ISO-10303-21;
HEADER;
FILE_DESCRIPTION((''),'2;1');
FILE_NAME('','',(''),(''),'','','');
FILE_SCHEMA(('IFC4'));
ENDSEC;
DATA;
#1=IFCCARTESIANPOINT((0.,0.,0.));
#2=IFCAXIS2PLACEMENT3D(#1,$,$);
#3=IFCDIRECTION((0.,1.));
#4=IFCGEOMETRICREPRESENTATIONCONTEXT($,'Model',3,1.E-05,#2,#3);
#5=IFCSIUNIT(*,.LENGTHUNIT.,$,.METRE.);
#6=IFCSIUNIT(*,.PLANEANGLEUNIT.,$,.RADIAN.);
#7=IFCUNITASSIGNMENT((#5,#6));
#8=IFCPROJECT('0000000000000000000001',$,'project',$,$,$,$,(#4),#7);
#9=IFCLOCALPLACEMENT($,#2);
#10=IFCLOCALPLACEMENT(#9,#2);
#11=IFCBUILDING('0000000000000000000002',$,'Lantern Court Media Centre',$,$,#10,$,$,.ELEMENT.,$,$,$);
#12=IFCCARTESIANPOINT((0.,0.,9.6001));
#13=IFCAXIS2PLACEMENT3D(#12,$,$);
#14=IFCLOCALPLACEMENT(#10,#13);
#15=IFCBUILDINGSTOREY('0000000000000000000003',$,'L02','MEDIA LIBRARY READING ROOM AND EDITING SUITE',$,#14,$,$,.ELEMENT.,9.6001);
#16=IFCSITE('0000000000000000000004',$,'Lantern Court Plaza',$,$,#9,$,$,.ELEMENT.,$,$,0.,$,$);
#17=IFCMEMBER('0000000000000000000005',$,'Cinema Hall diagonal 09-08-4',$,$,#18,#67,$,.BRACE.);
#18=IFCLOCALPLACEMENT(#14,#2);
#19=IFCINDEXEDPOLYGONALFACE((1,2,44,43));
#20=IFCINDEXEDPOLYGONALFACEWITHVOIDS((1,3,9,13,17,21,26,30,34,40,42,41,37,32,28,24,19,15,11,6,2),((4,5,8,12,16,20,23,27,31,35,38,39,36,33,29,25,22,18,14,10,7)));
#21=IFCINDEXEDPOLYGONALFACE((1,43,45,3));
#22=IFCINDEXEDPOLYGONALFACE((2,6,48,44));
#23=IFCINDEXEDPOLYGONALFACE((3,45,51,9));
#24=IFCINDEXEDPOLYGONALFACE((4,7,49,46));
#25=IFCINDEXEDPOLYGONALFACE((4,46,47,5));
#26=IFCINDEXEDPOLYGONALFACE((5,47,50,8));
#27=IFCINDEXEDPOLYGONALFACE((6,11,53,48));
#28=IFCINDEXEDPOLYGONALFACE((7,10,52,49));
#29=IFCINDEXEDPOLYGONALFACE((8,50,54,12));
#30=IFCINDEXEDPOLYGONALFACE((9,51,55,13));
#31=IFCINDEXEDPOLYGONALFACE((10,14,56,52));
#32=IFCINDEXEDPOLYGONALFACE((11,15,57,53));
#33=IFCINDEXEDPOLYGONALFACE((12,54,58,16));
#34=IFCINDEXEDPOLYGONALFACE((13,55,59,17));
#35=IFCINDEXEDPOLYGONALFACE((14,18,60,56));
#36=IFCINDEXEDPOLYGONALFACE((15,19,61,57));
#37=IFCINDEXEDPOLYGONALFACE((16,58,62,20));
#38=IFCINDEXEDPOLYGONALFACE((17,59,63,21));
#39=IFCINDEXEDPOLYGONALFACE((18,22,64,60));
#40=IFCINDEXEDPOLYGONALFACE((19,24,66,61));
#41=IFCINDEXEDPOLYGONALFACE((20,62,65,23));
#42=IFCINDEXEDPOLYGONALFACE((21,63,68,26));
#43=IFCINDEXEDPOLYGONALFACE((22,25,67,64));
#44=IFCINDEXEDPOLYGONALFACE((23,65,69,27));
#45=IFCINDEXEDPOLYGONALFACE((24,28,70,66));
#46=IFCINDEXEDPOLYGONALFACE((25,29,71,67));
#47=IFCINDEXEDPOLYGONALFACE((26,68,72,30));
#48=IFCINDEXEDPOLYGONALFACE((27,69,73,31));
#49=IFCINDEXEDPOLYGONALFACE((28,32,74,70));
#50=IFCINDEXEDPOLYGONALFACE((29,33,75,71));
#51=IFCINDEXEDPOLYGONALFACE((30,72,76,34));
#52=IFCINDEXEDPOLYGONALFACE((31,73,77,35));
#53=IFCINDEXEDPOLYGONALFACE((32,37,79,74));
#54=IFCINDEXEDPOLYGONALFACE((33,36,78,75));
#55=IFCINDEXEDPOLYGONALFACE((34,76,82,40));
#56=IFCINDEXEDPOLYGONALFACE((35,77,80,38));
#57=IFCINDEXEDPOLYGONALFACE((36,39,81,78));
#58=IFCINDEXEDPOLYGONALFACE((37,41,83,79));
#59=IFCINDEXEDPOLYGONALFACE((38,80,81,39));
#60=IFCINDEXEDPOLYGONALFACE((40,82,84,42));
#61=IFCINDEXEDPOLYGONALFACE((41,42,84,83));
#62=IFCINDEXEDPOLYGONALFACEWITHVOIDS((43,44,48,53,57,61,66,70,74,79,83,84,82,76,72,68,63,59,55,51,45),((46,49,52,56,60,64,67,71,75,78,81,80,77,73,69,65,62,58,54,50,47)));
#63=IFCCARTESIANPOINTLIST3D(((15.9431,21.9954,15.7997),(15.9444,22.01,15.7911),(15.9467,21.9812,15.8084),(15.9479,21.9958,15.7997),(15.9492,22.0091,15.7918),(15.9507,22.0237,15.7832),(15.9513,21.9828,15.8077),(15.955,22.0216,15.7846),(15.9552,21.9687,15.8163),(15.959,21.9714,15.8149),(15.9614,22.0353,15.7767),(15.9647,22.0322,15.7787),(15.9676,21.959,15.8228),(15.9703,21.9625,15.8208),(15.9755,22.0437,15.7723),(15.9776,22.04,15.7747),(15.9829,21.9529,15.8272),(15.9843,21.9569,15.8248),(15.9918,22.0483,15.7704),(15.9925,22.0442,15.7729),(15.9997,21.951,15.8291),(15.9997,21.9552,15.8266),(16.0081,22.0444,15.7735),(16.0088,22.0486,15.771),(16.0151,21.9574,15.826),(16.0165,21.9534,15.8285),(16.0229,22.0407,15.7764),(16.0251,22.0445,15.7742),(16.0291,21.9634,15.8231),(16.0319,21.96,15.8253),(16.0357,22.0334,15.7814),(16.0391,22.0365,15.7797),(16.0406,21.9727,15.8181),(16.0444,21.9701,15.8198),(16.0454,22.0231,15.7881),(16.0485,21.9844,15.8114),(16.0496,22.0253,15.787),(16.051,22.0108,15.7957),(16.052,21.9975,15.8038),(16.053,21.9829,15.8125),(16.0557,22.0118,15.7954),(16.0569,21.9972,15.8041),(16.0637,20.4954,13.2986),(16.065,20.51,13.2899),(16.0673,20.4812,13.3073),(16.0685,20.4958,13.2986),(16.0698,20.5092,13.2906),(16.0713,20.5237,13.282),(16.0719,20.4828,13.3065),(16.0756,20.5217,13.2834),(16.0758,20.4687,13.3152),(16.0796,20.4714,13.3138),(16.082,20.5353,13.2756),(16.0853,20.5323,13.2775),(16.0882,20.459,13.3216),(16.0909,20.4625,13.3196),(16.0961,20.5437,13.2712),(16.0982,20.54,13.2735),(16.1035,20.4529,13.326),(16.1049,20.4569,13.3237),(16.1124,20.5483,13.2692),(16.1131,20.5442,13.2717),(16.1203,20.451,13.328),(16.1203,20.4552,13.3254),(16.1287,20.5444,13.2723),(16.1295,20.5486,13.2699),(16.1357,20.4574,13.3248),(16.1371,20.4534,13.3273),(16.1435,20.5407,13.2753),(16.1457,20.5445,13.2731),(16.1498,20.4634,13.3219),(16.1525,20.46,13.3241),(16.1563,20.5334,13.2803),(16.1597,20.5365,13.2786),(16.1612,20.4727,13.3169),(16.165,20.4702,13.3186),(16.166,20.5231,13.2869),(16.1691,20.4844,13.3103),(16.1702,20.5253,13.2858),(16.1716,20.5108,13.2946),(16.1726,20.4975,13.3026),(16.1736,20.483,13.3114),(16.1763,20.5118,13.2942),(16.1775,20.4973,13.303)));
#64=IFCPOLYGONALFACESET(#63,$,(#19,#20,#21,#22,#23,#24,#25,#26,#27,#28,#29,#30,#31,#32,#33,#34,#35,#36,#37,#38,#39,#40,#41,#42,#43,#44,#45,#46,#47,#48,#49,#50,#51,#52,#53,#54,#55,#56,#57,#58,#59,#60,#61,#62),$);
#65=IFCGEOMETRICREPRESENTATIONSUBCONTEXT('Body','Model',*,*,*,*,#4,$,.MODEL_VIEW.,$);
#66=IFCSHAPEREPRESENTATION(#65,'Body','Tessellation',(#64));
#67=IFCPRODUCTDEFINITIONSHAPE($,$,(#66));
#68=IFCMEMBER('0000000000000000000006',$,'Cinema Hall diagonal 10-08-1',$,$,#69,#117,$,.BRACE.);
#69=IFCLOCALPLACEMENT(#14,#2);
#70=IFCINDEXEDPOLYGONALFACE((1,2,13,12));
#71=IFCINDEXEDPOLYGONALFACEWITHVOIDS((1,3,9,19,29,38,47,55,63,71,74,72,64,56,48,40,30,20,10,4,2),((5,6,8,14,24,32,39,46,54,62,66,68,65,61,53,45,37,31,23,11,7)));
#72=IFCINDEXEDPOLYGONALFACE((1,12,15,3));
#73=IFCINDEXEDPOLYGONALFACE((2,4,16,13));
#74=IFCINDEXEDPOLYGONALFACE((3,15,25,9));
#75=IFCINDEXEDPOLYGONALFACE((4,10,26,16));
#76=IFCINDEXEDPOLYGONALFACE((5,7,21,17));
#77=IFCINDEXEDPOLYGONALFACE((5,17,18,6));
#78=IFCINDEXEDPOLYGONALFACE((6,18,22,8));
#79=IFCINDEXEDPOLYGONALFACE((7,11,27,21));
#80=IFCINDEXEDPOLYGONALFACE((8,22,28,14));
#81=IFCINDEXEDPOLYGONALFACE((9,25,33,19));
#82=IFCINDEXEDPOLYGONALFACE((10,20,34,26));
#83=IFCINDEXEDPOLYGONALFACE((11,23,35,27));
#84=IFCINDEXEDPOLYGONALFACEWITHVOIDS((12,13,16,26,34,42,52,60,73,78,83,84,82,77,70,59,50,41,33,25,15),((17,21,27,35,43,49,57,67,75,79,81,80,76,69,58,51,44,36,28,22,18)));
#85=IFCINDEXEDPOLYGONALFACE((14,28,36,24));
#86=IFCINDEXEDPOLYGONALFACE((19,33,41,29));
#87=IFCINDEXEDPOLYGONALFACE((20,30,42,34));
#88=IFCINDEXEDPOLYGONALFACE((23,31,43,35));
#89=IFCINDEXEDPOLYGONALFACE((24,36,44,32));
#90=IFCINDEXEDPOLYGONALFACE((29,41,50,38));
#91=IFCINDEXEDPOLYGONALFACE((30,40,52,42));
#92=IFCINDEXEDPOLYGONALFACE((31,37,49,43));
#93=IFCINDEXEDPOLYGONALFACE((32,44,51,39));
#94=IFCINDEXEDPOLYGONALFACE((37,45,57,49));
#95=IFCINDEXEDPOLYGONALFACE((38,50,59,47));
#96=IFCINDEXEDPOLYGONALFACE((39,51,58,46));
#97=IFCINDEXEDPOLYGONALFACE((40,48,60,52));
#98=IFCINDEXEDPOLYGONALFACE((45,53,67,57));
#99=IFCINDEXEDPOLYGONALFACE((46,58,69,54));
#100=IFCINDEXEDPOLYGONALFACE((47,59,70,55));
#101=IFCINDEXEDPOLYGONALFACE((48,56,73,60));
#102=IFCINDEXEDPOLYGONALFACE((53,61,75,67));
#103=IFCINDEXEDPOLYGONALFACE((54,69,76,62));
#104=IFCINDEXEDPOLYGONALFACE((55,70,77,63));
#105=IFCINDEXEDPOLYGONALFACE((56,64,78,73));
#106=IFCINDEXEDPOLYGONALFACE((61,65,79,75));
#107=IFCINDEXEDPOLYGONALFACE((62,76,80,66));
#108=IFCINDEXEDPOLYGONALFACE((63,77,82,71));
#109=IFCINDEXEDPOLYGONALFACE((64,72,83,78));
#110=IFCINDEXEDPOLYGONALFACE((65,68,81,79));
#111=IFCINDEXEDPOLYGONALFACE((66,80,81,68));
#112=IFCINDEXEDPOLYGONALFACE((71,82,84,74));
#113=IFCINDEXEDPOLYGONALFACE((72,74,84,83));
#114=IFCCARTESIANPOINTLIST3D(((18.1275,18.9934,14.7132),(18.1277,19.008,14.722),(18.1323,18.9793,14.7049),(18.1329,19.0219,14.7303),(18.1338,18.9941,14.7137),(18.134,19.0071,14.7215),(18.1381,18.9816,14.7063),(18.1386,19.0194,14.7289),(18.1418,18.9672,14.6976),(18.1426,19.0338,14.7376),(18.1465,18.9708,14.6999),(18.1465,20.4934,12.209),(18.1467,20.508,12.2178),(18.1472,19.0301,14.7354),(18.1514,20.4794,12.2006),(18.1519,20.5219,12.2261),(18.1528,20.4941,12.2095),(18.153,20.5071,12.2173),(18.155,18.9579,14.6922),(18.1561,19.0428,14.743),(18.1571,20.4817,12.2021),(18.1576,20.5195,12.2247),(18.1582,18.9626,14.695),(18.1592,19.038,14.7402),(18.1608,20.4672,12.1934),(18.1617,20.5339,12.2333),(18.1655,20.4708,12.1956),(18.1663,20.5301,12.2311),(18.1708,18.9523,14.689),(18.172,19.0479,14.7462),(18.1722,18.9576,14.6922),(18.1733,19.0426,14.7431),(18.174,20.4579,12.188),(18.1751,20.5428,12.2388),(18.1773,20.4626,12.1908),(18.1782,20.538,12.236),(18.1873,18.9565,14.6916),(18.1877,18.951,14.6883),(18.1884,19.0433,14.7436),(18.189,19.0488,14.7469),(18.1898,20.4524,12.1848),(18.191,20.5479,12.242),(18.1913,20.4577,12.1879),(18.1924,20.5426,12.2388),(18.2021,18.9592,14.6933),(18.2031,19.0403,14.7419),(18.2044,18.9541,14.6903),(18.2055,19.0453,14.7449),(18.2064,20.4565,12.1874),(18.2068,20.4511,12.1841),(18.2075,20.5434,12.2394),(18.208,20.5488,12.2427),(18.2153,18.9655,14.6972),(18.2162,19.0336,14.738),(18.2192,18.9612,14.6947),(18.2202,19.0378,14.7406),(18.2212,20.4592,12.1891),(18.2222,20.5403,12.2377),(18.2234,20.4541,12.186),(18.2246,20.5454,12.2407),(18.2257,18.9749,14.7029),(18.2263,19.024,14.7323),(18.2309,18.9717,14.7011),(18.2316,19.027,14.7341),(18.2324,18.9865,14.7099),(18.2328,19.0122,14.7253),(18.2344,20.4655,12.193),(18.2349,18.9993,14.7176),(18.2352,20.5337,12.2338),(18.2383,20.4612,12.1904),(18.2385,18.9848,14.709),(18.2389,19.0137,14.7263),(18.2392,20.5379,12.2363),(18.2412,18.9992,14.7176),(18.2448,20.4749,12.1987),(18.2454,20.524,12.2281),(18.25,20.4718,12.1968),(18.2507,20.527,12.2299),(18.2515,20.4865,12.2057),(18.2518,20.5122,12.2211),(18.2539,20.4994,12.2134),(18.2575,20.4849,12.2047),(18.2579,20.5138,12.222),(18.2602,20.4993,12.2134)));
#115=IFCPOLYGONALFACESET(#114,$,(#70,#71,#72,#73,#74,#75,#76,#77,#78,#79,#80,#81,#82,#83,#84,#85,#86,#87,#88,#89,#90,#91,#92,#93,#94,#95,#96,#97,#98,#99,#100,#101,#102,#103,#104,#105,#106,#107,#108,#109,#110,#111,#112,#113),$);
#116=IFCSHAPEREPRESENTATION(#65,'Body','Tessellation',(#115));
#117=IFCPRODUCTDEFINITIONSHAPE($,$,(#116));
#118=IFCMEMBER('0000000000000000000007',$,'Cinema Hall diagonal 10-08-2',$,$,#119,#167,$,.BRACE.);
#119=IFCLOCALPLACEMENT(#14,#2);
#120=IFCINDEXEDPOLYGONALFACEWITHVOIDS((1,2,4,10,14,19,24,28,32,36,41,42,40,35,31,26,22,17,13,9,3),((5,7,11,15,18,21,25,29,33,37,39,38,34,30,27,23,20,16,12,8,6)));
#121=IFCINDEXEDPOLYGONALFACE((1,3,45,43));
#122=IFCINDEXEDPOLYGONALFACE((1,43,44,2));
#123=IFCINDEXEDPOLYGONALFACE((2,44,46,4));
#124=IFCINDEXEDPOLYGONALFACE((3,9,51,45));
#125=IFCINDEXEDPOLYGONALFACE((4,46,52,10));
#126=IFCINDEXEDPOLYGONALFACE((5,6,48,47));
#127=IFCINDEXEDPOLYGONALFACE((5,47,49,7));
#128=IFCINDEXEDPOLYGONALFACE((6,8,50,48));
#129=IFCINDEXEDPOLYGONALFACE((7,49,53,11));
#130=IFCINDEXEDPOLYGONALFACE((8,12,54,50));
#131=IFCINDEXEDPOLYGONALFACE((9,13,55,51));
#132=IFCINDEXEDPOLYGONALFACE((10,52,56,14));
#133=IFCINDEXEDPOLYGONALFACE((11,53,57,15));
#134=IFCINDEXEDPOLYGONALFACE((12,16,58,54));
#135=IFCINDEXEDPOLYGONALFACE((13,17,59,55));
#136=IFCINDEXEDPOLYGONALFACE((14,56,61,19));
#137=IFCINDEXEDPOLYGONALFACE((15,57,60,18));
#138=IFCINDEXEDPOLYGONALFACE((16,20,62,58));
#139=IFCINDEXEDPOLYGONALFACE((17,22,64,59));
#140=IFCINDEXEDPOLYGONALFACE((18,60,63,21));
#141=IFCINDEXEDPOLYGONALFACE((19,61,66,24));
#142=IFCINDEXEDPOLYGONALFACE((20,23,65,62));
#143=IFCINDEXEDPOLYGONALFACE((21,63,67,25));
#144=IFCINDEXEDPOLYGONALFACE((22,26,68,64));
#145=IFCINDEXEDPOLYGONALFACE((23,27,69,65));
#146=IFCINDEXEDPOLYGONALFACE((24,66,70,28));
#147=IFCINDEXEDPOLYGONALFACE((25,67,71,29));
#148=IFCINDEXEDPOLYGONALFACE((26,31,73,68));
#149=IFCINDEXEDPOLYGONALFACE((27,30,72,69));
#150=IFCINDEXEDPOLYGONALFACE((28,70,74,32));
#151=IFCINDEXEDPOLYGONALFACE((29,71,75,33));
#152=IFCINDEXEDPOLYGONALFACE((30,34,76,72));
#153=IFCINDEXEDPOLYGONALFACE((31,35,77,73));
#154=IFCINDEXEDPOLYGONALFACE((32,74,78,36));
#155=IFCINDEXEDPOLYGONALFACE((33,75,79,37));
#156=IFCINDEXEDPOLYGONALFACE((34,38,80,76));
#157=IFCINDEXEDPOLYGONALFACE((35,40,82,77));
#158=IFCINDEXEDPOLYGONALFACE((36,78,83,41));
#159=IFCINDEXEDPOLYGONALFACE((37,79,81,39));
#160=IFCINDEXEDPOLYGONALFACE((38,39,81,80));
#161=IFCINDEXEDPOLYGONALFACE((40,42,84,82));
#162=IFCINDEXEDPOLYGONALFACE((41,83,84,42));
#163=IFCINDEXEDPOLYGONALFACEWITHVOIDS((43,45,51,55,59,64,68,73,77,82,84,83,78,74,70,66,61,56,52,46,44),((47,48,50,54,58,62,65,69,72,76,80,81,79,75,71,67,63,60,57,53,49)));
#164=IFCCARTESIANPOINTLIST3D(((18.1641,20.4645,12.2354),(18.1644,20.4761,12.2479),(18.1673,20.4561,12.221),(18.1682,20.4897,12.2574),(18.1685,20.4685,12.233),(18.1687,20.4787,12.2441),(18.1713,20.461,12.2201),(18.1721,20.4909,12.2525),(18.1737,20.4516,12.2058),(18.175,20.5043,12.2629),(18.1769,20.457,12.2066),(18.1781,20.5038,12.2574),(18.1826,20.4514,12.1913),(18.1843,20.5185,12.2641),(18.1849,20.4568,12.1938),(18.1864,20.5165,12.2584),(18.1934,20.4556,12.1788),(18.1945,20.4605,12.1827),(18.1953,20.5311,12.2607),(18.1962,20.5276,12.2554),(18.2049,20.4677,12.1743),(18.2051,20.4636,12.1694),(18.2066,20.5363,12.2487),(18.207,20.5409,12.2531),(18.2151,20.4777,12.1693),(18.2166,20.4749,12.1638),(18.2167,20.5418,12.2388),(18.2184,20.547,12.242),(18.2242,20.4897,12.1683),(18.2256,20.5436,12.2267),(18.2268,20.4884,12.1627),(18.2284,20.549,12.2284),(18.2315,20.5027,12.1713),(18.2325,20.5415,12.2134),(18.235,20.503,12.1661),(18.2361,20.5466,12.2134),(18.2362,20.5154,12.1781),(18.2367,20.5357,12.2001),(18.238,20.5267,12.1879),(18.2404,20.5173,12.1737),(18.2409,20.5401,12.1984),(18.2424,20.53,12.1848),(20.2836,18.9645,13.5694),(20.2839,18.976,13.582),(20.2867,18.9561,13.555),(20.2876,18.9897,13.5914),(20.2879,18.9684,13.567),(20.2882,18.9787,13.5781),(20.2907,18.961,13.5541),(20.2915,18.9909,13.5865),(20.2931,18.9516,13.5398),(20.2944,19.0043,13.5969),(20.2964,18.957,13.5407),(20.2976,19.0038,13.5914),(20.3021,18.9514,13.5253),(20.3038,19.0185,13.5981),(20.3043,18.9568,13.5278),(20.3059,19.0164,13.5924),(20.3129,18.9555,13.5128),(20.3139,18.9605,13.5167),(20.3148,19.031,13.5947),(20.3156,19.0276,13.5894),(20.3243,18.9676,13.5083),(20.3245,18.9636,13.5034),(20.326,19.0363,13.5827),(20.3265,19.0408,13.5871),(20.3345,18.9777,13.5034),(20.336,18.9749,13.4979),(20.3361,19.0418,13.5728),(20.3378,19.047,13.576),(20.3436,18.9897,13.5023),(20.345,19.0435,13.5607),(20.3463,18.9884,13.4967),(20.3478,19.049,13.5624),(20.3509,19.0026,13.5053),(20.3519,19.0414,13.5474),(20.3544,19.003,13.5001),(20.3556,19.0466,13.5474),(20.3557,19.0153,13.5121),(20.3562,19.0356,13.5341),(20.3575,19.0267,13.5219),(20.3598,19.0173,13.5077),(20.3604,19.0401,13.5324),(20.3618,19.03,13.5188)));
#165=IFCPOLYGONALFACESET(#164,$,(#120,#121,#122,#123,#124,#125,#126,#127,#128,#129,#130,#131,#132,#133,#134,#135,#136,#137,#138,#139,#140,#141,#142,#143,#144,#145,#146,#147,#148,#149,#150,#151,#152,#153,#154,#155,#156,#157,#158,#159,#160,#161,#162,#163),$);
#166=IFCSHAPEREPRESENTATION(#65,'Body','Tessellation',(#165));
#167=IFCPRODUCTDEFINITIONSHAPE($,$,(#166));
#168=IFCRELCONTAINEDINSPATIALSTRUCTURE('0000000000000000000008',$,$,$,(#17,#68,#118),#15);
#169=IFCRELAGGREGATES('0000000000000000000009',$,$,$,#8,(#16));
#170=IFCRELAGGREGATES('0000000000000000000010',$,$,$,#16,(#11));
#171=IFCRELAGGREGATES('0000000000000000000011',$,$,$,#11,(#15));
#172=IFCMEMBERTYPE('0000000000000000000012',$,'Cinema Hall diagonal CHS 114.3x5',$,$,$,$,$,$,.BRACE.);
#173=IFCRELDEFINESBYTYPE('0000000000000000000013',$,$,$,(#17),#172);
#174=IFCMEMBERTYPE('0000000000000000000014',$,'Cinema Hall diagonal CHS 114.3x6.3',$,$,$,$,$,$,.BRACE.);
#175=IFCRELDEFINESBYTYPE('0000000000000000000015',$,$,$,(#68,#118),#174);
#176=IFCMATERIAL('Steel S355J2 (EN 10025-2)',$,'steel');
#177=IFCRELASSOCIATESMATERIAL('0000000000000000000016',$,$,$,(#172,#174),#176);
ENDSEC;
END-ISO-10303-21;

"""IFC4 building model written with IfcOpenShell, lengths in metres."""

from ifc_helpers import new_model, si_unit, direction, frame, origin, origin_2d, place, context, subcontext, project, spatial, hollow_circle, extrude, material, material_profile, profile_set, type_object, element, save


model = new_model("IFC4")

# Units and contexts
model_context = context("Model", 3, precision=1e-05, world=origin(), true_north=direction((0.0, 1.0)))
body_context = subcontext(model_context, "Body", "Model", "MODEL_VIEW")
ifc_project = project(units=[si_unit("LENGTHUNIT", "METRE"), si_unit("PLANEANGLEUNIT", "RADIAN")], contexts=[model_context])

# Site, building, storey
site_placement = place(None, origin())
site = spatial("IfcSite", under=ifc_project, at=site_placement, Name="Lantern Court Plaza", CompositionType="ELEMENT", RefElevation=0.0)
building_placement = place(site_placement, origin())
building = spatial("IfcBuilding", under=site, at=building_placement, Name="Lantern Court Media Centre", CompositionType="ELEMENT")
storey_placement = place(building_placement, frame((0.0, 0.0, 9.6001)))
storey = spatial("IfcBuildingStorey", under=building, at=storey_placement, Name="L02", Description="MEDIA LIBRARY READING ROOM AND EDITING SUITE", CompositionType="ELEMENT", Elevation=9.6001)

# Members
ifc_material = material(Name="Steel S355J2 (EN 10025-2)", Category="steel")
ifc_material_profile_1 = material_profile(ifc_material, hollow_circle(Radius=0.0571, WallThickness=0.0049, at=origin_2d()), Name="Cinema Hall diagonal CHS 114.3x5")
ifc_profile_set_1 = profile_set([ifc_material_profile_1], Name="Steel S355J2 (EN 10025-2)")
member_type_1 = type_object("IfcMemberType", Name="Cinema Hall diagonal CHS 114.3x5", PredefinedType="BRACE", material=ifc_profile_set_1)
member_1_placement = place(storey_placement, frame((16.1206, 20.5, 13.2986), z_axis=(-0.041317, 0.513872, 0.856871), x_axis=(-0.996783, -0.080145, 0.0)))
element("IfcMember", 1, at=member_1_placement, inside=storey, type_object=member_type_1, Name="Cinema Hall diagonal 09-08-4", PredefinedType="BRACE", context=body_context, shape_type="SweptSolid", body=[
    extrude(hollow_circle(Radius=0.0571, WallThickness=0.0049, at=origin_2d()), origin(), (0.0, 0.0, 1.0), 2.9189),
])
ifc_material_profile_2 = material_profile(ifc_material, hollow_circle(Radius=0.0571, WallThickness=0.0063, at=origin_2d()), Name="Cinema Hall diagonal CHS 114.3x6.3")
ifc_profile_set_2 = profile_set([ifc_material_profile_2], Name="Steel S355J2 (EN 10025-2)")
member_type_2 = type_object("IfcMemberType", Name="Cinema Hall diagonal CHS 114.3x6.3", PredefinedType="BRACE", material=ifc_profile_set_2)
for number, where, z_axis, x_axis, name in (
    (2, (18.2031, 20.5, 12.2134), (-0.006524, -0.513857, 0.857851), (0.999919, -0.012694, 0.0), "Cinema Hall diagonal 10-08-1"),
    (3, (18.2031, 20.5, 12.2134), (0.726034, -0.513852, 0.45698), (0.577702, 0.816248, 0.0), "Cinema Hall diagonal 10-08-2"),
):
    element("IfcMember", number, at=place(storey_placement, frame(where, z_axis=z_axis, x_axis=x_axis)), inside=storey, type_object=member_type_2, Name=name, PredefinedType="BRACE", context=body_context, shape_type="SweptSolid", body=[
        extrude(hollow_circle(Radius=0.0571, WallThickness=0.0063, at=origin_2d()), origin(), (0.0, 0.0, 1.0), 2.9192),
    ])

save(model, "model.ifc")
